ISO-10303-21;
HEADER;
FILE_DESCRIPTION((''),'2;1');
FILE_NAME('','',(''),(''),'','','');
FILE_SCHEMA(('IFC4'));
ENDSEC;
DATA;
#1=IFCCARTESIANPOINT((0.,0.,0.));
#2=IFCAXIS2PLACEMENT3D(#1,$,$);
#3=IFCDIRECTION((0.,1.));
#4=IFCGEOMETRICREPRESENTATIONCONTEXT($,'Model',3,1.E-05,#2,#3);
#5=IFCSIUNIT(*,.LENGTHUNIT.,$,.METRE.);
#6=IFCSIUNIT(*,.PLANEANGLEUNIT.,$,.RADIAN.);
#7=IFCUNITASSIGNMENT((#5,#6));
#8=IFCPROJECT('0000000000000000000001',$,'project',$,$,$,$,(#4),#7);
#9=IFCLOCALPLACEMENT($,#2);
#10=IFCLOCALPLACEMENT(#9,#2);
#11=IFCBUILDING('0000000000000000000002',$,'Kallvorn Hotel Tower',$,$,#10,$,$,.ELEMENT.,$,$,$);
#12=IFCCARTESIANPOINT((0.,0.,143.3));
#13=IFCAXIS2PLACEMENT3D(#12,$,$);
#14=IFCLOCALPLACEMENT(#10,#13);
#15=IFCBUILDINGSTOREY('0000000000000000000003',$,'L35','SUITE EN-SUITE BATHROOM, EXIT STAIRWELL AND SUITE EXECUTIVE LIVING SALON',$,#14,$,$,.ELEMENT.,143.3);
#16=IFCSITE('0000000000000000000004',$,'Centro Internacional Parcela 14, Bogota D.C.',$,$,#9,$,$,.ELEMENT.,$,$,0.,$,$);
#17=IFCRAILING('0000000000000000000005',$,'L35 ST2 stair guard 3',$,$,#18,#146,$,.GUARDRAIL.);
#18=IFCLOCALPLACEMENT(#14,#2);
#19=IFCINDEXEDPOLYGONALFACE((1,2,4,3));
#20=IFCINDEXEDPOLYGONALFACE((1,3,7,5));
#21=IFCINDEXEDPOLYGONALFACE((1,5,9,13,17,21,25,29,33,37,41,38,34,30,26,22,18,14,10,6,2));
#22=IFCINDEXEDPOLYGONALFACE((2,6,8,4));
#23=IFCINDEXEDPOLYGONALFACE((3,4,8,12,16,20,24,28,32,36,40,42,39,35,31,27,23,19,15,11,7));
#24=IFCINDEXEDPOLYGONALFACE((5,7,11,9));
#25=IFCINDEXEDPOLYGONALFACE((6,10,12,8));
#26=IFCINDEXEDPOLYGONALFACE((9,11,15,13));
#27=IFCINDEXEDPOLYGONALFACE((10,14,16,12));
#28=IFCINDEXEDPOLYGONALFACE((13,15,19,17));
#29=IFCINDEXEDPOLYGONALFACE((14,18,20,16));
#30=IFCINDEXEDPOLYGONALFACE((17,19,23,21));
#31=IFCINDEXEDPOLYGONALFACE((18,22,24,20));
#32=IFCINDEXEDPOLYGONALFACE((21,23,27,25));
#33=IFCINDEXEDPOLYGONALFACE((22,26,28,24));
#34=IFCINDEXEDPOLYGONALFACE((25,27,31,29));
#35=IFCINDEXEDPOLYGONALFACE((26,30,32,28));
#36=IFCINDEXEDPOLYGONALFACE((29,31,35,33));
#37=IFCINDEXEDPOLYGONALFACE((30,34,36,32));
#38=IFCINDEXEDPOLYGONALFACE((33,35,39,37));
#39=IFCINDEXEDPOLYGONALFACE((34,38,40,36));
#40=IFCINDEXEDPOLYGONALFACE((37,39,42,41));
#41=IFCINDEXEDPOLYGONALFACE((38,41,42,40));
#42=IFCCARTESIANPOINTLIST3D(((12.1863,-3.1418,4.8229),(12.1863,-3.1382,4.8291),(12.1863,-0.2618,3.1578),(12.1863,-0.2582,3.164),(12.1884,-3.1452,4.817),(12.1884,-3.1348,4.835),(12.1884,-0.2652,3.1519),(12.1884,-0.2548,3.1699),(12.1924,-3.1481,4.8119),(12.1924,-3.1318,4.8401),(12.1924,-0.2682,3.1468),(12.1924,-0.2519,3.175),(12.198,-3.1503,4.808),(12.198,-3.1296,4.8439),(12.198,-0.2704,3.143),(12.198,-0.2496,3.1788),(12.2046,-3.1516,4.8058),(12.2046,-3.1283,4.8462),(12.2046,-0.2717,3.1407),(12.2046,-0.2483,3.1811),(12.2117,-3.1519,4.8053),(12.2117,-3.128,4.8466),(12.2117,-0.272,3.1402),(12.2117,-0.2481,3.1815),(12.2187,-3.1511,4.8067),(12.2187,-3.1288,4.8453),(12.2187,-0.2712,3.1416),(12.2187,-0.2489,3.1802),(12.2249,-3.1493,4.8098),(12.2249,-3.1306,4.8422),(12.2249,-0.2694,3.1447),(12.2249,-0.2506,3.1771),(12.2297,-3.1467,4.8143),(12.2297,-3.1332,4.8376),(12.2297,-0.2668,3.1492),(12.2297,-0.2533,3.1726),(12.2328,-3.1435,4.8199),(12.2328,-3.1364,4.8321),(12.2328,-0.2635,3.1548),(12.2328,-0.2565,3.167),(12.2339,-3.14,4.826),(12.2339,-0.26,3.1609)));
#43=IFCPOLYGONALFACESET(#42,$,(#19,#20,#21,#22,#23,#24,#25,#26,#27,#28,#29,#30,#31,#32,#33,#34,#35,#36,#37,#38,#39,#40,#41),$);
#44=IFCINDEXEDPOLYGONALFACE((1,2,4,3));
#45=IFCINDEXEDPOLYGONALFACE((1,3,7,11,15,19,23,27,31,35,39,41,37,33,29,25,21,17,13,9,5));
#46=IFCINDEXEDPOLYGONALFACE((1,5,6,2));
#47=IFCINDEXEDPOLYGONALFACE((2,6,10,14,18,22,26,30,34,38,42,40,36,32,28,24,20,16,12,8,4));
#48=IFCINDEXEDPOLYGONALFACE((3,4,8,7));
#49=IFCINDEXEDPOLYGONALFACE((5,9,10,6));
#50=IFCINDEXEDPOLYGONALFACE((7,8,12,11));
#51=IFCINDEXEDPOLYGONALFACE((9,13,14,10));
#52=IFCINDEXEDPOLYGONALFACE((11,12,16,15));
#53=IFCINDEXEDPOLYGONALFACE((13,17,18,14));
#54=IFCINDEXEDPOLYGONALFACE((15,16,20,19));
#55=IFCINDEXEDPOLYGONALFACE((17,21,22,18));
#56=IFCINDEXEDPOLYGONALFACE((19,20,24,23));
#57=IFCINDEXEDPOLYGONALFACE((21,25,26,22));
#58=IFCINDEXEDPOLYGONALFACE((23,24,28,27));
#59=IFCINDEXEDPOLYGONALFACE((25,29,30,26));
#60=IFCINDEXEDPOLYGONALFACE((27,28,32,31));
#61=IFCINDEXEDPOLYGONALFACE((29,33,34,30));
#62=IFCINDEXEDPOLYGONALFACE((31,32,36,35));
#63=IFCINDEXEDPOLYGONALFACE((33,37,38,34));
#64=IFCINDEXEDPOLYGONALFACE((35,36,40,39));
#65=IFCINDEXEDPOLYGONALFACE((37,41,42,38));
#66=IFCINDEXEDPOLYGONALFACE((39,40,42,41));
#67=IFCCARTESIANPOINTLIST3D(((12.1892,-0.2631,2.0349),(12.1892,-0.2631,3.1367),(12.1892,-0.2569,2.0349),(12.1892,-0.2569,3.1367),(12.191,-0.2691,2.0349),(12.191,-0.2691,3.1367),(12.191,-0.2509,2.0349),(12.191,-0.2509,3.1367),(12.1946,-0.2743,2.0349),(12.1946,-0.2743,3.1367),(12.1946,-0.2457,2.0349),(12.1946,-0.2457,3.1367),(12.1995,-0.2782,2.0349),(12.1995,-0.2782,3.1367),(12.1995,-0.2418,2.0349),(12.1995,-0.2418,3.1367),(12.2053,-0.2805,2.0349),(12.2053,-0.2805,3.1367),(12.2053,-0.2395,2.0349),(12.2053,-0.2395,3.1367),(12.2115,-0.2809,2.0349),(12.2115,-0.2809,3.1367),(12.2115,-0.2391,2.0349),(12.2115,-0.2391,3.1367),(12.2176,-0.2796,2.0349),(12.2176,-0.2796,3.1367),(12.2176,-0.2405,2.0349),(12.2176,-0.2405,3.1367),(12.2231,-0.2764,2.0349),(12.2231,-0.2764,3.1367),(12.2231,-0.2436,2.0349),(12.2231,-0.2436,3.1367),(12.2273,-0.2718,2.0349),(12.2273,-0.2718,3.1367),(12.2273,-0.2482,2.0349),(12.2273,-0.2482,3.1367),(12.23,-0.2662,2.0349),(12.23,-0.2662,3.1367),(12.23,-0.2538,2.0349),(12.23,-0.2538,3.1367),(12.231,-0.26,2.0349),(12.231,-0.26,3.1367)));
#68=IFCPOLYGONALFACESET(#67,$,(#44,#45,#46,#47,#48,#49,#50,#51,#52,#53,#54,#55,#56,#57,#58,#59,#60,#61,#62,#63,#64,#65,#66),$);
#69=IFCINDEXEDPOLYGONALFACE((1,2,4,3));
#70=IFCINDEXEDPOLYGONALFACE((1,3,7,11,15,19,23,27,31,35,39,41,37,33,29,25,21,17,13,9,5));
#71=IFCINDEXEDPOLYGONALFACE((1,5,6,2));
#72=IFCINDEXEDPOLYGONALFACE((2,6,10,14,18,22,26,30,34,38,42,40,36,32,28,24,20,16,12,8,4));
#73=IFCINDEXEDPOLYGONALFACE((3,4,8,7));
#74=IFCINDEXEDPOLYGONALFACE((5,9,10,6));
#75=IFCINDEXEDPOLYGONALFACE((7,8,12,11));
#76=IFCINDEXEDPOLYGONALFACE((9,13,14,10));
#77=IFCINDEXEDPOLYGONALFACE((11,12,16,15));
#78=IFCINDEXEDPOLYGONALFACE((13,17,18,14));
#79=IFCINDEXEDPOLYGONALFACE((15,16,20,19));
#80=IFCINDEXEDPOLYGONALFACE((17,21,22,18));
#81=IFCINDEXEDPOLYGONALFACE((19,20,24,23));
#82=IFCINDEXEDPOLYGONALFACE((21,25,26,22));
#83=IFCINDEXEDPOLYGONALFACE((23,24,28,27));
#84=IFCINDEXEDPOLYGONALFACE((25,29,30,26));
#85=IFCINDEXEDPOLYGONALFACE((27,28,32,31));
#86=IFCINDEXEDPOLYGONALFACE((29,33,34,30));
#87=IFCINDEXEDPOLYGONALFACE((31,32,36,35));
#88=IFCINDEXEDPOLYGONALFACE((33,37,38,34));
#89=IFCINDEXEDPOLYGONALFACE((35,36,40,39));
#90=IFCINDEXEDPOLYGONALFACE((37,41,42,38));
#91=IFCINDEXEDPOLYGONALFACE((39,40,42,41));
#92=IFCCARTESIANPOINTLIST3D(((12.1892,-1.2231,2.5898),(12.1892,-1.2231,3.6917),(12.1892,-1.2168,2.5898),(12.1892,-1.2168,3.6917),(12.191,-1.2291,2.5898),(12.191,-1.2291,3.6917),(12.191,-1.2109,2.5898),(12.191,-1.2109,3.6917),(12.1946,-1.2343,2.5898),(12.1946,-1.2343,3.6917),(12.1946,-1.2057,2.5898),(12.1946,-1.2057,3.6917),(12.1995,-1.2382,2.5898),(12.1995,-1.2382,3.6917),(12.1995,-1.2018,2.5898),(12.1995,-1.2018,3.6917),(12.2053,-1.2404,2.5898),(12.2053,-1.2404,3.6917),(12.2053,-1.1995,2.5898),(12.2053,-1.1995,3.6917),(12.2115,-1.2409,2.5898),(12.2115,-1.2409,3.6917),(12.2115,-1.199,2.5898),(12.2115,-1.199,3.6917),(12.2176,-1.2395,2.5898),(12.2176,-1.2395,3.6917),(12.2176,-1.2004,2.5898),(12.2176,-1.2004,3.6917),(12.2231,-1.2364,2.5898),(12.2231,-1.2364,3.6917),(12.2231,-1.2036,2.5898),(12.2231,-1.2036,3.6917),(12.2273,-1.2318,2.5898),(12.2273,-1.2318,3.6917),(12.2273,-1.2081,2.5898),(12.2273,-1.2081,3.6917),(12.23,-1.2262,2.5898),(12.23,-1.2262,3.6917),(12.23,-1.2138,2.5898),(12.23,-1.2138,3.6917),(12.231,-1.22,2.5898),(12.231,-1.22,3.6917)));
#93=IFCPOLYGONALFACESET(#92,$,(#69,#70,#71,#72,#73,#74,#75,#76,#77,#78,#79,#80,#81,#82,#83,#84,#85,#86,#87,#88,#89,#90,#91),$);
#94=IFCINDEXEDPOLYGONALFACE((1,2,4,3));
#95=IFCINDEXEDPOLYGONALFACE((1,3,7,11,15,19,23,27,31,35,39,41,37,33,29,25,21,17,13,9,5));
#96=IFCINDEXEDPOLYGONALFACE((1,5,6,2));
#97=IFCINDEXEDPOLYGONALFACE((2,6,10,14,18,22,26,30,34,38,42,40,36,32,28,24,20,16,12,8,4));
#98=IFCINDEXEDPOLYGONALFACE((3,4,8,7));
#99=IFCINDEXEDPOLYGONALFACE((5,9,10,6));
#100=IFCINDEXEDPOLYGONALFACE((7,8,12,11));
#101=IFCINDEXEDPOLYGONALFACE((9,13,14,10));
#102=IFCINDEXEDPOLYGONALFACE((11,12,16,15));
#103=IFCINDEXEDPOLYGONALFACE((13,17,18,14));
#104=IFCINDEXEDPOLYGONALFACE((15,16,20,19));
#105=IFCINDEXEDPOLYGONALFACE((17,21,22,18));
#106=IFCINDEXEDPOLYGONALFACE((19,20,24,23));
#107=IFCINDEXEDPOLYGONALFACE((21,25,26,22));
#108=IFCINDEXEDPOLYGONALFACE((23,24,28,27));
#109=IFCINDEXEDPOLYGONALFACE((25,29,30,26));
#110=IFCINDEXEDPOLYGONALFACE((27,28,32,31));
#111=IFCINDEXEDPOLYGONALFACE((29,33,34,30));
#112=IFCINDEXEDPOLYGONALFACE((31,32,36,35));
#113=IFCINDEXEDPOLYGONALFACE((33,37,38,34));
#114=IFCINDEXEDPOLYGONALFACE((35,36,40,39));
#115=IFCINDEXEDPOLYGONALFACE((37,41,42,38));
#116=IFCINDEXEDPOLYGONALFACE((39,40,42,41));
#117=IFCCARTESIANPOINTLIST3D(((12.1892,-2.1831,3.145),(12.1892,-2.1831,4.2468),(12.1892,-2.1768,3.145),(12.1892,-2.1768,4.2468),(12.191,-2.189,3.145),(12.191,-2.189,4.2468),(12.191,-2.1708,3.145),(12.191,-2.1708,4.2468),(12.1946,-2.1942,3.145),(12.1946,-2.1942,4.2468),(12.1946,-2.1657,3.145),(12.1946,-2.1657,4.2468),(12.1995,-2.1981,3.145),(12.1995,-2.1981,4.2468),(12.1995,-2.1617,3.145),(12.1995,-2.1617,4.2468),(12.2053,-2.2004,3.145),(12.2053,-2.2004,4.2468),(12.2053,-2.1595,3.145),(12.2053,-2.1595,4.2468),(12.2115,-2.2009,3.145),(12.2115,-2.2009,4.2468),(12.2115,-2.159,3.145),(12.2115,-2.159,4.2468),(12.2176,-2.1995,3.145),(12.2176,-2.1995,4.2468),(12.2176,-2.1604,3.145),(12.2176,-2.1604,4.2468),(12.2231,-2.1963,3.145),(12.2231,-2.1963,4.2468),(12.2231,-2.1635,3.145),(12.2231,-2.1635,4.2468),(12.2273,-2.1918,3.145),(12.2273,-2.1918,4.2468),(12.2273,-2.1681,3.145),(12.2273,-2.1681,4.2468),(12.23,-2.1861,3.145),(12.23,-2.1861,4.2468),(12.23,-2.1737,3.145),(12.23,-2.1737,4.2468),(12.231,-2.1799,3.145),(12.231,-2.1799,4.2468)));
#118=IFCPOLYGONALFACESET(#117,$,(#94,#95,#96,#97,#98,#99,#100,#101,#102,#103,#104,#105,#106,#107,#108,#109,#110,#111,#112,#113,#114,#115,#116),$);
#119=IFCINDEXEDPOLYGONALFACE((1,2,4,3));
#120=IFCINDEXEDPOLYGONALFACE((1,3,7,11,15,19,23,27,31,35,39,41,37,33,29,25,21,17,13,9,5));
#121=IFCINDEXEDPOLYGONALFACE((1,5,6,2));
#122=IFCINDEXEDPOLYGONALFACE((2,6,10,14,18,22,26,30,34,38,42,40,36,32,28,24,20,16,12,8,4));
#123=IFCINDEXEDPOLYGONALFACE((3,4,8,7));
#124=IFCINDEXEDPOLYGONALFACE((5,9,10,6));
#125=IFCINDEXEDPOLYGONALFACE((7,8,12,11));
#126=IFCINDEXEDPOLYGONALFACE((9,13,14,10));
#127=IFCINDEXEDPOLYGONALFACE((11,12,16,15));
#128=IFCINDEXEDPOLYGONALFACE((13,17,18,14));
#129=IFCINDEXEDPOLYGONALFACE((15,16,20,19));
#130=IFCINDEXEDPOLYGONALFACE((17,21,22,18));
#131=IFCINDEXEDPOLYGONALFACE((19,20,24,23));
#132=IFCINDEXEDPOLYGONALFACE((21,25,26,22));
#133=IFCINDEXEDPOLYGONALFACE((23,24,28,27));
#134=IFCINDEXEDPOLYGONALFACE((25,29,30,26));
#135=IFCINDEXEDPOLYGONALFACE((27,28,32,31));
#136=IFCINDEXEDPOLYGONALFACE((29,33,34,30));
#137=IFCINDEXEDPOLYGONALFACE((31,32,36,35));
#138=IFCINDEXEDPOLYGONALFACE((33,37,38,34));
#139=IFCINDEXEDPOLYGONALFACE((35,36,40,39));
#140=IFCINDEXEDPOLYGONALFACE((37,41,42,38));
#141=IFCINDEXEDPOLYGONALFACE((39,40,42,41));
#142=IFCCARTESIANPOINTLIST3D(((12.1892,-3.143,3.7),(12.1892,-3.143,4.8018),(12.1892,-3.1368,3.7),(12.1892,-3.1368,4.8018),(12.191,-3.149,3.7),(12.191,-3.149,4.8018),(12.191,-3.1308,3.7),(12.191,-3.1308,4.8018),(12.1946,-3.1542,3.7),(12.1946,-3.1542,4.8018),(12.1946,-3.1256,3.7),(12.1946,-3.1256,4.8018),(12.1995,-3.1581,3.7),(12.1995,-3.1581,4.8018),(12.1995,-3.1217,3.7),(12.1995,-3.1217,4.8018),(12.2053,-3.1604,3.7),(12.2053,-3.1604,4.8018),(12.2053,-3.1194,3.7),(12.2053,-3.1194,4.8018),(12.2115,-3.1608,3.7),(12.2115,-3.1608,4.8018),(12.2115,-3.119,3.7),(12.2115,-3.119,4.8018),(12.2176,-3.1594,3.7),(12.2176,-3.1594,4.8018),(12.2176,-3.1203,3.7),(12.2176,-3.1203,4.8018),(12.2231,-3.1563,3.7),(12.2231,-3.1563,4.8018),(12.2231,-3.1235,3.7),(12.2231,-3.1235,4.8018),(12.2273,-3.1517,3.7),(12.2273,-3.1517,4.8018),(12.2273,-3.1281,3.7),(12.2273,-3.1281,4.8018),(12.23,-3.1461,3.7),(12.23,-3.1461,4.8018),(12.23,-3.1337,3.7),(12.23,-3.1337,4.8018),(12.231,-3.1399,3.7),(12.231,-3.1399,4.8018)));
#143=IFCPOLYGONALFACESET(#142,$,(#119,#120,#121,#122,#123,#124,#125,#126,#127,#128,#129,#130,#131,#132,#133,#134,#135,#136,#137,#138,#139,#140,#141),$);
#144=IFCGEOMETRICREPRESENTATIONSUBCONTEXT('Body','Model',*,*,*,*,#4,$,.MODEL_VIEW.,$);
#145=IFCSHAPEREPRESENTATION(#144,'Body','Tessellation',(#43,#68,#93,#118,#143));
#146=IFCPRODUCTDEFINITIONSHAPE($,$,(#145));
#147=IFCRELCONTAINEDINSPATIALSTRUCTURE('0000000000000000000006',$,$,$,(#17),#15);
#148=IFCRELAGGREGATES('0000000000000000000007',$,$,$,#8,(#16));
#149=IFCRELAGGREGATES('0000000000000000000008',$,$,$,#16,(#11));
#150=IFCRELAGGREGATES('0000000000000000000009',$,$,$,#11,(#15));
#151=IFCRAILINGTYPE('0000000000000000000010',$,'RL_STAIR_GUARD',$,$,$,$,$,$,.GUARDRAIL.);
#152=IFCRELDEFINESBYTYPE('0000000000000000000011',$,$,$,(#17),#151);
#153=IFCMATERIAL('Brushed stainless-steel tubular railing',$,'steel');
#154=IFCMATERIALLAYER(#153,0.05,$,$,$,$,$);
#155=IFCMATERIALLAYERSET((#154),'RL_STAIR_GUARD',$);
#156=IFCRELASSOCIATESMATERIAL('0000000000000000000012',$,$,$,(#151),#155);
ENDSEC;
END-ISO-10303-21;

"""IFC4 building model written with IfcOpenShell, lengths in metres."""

from ifc_helpers import new_model, si_unit, direction, frame, origin, origin_2d, place, context, subcontext, project, spatial, circle, extrude, material, layer, layer_set, type_object, element, save


model = new_model("IFC4")

# Units and contexts
model_context = context("Model", 3, precision=1e-05, world=origin(), true_north=direction((0.0, 1.0)))
body_context = subcontext(model_context, "Body", "Model", "MODEL_VIEW")
ifc_project = project(units=[si_unit("LENGTHUNIT", "METRE"), si_unit("PLANEANGLEUNIT", "RADIAN")], contexts=[model_context])

# Site, building, storey
site_placement = place(None, origin())
site = spatial("IfcSite", under=ifc_project, at=site_placement, Name="Centro Internacional Parcela 14, Bogota D.C.", CompositionType="ELEMENT", RefElevation=0.0)
building_placement = place(site_placement, origin())
building = spatial("IfcBuilding", under=site, at=building_placement, Name="Kallvorn Hotel Tower", CompositionType="ELEMENT")
storey_placement = place(building_placement, frame((0.0, 0.0, 143.3)))
storey = spatial("IfcBuildingStorey", under=building, at=storey_placement, Name="L35", Description="SUITE EN-SUITE BATHROOM, EXIT STAIRWELL AND SUITE EXECUTIVE LIVING SALON", CompositionType="ELEMENT", Elevation=143.3)

# Railing
ifc_material_1 = material(Name="Brushed stainless-steel tubular railing", Category="steel")
ifc_layer_1 = layer(ifc_material_1, 0.05)
ifc_layer_set_1 = layer_set([ifc_layer_1], Name="RL_STAIR_GUARD")
railing_type_1 = type_object("IfcRailingType", Name="RL_STAIR_GUARD", PredefinedType="GUARDRAIL", material=ifc_layer_set_1)
railing_1_placement = place(storey_placement, frame((12.21, -0.26, 2.0349)))
element("IfcRailing", 1, at=railing_1_placement, inside=storey, type_object=railing_type_1, Name="L35 ST2 stair guard 3", PredefinedType="GUARDRAIL", context=body_context, shape_type="SweptSolid", body=[
    extrude(circle(Radius=0.0239, at=origin_2d()), frame((0.0, 0.0, 1.126), z_axis=(0.0, -0.865721, 0.500527), x_axis=(1.0, 0.0, 0.0)), (0.0, 0.0, 1.0), 3.3267),
    extrude(circle(Radius=0.021, at=origin_2d()), origin(), (0.0, 0.0, 1.0), 1.1018),
    extrude(circle(Radius=0.021, at=origin_2d()), frame((0.0, -0.96, 0.5549)), (0.0, 0.0, 1.0), 1.1018),
    extrude(circle(Radius=0.021, at=origin_2d()), frame((0.0, -1.9199, 1.1101)), (0.0, 0.0, 1.0), 1.1018),
    extrude(circle(Radius=0.021, at=origin_2d()), frame((0.0, -2.8799, 1.665)), (0.0, 0.0, 1.0), 1.1018),
])

save(model, "model.ifc")
